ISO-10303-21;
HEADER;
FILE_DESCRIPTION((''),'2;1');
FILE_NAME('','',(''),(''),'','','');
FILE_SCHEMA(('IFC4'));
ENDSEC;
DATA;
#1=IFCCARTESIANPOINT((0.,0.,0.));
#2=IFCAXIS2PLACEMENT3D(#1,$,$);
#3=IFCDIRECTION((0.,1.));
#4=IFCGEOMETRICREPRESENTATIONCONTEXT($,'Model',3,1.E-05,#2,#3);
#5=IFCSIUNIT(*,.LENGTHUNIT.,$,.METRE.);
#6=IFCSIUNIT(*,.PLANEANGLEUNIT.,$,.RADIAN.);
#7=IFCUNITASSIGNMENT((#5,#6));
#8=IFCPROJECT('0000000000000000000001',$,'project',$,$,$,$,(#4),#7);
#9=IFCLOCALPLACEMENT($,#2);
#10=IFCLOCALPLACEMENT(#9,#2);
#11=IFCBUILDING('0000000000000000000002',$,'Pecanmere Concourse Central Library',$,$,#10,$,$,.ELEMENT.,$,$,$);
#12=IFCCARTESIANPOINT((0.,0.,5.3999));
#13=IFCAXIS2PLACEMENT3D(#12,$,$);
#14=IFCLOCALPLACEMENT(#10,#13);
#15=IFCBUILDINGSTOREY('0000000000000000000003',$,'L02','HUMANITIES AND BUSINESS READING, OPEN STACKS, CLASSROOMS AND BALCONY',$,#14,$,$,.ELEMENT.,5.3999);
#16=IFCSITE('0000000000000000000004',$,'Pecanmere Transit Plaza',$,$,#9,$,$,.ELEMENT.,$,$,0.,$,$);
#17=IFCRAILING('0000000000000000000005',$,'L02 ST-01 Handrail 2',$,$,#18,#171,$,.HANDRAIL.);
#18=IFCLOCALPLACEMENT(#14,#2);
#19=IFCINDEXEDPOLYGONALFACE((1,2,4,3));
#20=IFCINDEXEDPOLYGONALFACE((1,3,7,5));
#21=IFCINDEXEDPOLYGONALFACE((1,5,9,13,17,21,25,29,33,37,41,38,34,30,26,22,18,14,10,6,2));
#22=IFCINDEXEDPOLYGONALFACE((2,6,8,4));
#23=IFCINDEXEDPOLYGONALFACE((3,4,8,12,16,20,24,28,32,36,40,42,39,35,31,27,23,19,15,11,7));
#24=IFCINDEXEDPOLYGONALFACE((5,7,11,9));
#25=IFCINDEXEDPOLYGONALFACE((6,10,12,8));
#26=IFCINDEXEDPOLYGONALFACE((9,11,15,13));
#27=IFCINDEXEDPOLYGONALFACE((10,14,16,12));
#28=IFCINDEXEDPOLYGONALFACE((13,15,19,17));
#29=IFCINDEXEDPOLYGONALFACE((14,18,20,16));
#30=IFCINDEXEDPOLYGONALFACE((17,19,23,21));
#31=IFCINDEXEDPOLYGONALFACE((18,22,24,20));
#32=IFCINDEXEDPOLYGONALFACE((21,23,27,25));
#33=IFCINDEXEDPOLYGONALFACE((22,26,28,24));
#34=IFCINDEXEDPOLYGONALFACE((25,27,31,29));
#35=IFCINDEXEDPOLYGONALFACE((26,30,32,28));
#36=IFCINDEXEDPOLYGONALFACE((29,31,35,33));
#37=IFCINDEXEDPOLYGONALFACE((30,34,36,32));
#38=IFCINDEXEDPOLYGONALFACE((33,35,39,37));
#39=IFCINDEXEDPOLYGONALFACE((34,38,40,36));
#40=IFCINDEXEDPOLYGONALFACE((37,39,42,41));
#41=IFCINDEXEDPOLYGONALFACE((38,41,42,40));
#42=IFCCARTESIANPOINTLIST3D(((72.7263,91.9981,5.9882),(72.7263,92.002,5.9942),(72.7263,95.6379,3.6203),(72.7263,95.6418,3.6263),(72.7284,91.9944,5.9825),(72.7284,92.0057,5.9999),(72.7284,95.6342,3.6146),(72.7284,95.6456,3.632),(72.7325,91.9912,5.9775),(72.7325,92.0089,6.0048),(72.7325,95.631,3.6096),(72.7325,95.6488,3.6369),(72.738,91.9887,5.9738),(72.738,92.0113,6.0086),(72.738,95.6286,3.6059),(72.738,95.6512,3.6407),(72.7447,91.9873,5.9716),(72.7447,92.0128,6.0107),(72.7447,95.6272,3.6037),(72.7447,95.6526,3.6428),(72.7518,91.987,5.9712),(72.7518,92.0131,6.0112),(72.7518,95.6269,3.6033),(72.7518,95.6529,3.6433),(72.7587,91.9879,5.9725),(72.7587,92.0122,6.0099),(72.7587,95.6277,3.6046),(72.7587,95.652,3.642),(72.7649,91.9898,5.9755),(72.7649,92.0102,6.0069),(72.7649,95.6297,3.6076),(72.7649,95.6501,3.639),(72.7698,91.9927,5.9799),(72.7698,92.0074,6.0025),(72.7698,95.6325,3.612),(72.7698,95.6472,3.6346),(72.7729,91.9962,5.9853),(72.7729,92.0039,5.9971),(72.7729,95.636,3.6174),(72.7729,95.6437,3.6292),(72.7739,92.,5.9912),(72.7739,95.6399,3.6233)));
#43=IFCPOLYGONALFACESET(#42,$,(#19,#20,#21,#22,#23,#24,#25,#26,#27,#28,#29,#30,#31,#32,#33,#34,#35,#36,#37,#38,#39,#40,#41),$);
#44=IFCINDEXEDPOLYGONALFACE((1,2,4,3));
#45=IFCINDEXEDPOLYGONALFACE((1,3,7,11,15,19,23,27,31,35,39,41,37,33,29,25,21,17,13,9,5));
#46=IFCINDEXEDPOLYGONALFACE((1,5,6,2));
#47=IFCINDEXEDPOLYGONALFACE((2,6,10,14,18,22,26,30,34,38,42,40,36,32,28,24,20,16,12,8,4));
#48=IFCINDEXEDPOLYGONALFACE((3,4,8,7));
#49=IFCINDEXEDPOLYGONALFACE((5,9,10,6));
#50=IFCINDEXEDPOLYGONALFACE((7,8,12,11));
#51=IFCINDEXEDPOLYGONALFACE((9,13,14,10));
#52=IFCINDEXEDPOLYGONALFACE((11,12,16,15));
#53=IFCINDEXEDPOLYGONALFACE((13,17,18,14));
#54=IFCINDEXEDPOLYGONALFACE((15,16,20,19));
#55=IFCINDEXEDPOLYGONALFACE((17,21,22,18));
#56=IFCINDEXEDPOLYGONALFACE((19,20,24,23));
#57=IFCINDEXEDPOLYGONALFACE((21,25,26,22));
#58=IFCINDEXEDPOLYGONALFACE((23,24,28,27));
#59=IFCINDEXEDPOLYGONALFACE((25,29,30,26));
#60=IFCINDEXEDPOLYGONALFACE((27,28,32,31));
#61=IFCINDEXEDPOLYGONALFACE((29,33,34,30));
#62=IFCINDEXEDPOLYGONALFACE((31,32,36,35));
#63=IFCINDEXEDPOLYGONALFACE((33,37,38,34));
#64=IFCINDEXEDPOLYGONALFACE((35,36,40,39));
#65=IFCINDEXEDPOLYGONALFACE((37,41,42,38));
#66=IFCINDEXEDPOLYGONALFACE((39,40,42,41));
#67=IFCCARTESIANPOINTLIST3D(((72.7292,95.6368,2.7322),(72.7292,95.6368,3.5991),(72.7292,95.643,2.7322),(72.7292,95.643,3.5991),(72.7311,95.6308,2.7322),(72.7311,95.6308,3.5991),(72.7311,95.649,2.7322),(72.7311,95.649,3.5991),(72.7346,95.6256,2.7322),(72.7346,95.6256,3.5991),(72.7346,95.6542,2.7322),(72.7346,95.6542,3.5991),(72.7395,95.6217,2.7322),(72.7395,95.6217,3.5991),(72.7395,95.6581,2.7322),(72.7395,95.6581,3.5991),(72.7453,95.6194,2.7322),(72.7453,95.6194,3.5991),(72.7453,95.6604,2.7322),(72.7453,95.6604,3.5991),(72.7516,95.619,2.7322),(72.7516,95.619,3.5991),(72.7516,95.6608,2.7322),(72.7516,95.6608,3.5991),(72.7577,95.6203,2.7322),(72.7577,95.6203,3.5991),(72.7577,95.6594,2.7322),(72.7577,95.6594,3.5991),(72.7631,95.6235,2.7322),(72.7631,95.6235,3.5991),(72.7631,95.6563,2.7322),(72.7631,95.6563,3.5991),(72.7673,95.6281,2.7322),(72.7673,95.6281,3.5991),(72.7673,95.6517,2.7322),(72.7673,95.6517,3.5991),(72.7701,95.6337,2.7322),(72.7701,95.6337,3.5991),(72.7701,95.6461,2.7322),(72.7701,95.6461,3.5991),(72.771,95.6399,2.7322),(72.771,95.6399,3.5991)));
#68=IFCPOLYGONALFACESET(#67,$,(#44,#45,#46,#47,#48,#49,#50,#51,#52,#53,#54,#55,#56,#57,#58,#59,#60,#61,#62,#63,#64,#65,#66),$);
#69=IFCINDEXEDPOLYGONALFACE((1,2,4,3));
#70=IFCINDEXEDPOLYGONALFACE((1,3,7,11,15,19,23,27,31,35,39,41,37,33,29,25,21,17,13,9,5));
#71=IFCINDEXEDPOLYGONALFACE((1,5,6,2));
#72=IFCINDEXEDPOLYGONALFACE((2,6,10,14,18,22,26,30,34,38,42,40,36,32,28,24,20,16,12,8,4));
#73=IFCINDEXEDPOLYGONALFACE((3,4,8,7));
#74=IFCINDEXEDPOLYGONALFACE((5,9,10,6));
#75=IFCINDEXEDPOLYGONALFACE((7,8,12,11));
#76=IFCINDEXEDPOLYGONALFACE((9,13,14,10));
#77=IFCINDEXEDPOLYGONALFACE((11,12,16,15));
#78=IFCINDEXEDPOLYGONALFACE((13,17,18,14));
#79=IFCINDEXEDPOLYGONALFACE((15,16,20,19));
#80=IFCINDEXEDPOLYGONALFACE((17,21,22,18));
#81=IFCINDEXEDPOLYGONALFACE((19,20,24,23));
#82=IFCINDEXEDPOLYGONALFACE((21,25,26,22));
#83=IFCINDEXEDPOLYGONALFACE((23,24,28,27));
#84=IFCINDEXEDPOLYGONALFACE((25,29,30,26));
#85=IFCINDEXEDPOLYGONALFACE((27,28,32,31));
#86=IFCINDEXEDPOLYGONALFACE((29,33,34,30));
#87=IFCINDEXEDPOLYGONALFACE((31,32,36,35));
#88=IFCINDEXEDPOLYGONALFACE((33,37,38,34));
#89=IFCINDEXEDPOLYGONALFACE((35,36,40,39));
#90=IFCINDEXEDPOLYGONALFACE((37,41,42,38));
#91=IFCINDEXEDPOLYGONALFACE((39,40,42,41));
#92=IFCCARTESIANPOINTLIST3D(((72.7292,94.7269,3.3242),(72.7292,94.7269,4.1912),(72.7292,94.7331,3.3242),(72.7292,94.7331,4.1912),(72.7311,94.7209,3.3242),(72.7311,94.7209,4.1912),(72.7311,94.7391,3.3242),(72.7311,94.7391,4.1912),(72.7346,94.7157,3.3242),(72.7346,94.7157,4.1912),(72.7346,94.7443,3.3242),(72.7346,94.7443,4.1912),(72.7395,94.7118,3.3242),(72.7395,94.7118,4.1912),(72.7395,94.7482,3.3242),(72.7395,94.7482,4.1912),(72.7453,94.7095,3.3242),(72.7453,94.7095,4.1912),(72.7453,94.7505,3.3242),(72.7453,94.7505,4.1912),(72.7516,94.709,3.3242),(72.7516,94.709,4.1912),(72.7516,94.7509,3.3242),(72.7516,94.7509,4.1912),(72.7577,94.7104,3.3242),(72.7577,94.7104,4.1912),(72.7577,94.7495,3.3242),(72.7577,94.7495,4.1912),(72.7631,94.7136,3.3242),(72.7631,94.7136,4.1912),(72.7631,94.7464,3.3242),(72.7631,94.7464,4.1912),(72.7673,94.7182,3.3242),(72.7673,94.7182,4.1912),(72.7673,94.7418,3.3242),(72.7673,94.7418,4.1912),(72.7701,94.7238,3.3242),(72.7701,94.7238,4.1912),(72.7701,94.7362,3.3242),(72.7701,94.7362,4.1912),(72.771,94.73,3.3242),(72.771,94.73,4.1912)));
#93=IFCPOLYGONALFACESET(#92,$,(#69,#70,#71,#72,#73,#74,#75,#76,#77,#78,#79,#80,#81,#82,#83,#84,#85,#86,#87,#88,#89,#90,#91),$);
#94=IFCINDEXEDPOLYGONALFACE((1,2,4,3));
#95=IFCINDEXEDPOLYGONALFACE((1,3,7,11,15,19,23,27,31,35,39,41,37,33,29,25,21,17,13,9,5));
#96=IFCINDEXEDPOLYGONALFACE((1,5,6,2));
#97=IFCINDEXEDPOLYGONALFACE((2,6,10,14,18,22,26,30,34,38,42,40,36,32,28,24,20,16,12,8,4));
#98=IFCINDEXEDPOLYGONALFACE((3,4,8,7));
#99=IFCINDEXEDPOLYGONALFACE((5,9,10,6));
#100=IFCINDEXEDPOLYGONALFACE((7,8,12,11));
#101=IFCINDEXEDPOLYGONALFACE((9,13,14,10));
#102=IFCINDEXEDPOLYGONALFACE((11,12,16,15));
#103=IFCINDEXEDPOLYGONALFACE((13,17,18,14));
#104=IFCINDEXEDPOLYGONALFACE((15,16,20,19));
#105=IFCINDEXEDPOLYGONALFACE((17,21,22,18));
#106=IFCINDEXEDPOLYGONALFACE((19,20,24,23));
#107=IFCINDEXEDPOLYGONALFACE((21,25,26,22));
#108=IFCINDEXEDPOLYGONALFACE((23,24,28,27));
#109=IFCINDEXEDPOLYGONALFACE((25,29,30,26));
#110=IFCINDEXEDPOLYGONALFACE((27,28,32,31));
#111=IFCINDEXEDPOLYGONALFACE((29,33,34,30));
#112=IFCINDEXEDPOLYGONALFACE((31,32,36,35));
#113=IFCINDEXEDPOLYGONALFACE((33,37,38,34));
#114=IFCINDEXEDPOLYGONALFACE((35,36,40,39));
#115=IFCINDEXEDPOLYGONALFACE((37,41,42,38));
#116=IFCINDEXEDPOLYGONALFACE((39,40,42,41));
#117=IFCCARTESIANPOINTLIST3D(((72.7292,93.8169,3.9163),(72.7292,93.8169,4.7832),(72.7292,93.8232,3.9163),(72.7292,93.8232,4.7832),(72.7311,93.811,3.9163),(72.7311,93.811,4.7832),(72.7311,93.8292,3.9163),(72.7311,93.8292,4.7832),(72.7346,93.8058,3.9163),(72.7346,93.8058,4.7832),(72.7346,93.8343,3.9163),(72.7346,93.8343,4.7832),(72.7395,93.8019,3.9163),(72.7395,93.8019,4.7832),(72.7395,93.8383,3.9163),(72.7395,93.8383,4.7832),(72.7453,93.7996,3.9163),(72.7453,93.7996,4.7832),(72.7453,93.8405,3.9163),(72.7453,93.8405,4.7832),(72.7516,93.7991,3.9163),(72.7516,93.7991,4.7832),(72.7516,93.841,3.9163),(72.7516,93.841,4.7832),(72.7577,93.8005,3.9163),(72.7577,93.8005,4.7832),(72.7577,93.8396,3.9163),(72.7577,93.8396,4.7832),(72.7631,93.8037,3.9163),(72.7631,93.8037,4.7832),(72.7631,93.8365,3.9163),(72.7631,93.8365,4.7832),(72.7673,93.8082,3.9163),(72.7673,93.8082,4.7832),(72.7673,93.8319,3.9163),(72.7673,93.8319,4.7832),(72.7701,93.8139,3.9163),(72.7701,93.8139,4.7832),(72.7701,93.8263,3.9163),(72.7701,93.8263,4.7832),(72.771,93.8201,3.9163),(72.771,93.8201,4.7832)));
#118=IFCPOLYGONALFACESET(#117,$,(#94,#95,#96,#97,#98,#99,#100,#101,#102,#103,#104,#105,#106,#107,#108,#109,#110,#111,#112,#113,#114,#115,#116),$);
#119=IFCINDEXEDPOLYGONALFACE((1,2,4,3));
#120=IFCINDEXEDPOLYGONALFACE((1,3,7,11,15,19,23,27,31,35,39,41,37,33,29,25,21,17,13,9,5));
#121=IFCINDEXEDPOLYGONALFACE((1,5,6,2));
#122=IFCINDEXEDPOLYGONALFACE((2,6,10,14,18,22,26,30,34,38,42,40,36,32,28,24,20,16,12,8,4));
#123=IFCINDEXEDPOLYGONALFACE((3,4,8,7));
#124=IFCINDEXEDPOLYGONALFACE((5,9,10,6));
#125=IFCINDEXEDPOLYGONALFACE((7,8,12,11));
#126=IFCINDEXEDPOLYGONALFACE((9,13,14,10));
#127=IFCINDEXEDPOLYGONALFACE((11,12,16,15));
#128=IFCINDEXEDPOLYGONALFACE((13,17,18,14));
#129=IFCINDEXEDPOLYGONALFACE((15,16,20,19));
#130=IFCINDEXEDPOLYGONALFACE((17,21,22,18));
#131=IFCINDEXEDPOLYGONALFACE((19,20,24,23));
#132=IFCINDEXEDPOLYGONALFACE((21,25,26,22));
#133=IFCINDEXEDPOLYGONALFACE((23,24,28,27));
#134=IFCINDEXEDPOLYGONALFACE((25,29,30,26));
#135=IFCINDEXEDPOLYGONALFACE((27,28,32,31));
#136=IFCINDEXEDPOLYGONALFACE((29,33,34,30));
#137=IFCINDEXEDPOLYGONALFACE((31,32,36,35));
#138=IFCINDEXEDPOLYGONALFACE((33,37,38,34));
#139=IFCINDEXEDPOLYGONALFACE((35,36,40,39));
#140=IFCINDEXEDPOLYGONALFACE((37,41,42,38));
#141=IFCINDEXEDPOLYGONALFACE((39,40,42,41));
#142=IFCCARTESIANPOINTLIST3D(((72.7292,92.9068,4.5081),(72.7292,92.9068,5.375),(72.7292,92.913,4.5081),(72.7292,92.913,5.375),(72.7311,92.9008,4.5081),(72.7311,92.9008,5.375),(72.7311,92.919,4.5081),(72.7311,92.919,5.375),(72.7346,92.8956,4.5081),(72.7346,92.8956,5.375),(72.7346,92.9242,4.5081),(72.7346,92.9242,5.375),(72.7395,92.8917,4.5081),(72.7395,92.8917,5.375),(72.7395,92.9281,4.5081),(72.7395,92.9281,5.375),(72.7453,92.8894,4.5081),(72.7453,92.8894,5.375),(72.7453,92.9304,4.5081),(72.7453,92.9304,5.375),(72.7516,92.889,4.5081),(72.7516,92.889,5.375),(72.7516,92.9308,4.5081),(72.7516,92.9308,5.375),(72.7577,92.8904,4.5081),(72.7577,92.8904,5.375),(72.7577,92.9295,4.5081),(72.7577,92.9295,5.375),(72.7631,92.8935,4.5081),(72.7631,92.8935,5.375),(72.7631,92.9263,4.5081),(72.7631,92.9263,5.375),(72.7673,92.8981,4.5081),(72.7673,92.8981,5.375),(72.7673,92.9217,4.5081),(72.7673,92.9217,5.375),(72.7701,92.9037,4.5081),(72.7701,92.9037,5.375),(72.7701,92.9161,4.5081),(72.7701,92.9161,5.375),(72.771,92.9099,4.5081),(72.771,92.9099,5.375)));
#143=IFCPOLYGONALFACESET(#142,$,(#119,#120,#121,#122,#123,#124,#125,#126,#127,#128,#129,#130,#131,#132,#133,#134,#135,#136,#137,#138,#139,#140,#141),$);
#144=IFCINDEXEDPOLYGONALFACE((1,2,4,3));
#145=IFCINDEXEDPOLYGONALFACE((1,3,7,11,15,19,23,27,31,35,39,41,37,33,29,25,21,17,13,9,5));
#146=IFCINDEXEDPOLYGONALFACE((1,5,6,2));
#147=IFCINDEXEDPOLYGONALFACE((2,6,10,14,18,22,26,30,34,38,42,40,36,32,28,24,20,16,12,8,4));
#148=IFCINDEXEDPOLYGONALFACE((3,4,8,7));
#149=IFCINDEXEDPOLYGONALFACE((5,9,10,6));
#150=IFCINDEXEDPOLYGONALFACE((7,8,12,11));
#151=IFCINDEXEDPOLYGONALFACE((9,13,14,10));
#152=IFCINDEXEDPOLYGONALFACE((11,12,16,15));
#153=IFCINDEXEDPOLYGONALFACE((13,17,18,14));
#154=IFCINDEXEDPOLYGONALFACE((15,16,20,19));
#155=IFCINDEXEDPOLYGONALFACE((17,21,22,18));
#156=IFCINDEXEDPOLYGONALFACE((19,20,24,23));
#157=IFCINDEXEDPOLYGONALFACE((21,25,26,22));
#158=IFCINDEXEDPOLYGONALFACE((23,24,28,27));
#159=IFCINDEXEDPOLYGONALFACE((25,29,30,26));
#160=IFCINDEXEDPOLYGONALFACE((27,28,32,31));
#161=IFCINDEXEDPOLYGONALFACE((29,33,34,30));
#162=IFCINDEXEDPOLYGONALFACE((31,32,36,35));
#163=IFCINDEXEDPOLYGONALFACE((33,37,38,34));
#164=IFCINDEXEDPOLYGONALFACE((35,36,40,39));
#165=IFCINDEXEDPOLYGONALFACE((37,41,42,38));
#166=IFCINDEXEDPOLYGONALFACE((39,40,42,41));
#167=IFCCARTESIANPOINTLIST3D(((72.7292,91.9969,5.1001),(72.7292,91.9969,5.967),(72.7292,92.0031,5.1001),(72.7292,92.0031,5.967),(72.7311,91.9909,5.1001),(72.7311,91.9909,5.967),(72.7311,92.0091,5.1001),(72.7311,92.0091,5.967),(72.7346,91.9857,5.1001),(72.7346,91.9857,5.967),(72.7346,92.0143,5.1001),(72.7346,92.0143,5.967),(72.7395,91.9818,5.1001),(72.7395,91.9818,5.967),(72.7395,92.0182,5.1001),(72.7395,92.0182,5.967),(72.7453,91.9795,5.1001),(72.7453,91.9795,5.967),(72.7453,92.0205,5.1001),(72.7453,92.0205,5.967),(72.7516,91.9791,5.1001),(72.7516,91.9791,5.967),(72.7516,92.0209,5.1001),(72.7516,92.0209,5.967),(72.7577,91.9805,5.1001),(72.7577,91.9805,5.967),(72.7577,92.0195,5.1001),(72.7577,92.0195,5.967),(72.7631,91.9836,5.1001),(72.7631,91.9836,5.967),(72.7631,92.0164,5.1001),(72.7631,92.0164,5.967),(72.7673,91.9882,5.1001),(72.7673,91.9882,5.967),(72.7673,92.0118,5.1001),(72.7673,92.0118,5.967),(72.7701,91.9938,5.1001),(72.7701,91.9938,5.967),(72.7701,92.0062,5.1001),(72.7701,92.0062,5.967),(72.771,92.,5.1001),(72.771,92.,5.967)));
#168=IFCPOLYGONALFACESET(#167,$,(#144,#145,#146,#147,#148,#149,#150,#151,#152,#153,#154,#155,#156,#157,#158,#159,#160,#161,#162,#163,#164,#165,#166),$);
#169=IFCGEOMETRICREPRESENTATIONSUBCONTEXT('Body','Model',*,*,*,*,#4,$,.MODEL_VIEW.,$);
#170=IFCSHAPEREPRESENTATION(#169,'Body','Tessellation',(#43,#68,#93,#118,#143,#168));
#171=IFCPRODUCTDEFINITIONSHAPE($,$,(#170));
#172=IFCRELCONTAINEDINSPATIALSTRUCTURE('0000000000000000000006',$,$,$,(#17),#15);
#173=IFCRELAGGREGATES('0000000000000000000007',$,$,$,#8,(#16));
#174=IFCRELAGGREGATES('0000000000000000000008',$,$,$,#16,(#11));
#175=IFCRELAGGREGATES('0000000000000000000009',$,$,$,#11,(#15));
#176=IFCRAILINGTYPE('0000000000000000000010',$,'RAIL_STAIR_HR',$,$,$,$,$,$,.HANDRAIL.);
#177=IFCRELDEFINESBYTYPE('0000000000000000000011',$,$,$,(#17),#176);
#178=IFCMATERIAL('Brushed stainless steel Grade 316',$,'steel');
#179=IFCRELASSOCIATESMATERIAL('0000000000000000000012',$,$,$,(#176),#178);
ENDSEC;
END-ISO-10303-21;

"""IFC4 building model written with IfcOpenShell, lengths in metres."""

from ifc_helpers import new_model, si_unit, direction, frame, origin, origin_2d, place, context, subcontext, project, spatial, circle, extrude, material, type_object, element, save


model = new_model("IFC4")

# Units and contexts
model_context = context("Model", 3, precision=1e-05, world=origin(), true_north=direction((0.0, 1.0)))
body_context = subcontext(model_context, "Body", "Model", "MODEL_VIEW")
ifc_project = project(units=[si_unit("LENGTHUNIT", "METRE"), si_unit("PLANEANGLEUNIT", "RADIAN")], contexts=[model_context])

# Site, building, storey
site_placement = place(None, origin())
site = spatial("IfcSite", under=ifc_project, at=site_placement, Name="Pecanmere Transit Plaza", CompositionType="ELEMENT", RefElevation=0.0)
building_placement = place(site_placement, origin())
building = spatial("IfcBuilding", under=site, at=building_placement, Name="Pecanmere Concourse Central Library", CompositionType="ELEMENT")
storey_placement = place(building_placement, frame((0.0, 0.0, 5.3999)))
storey = spatial("IfcBuildingStorey", under=building, at=storey_placement, Name="L02", Description="HUMANITIES AND BUSINESS READING, OPEN STACKS, CLASSROOMS AND BALCONY", CompositionType="ELEMENT", Elevation=5.3999)

# Railing
ifc_material_1 = material(Name="Brushed stainless steel Grade 316", Category="steel")
railing_type_1 = type_object("IfcRailingType", Name="RAIL_STAIR_HR", PredefinedType="HANDRAIL", material=ifc_material_1)
railing_1_placement = place(storey_placement, frame((72.75, 95.6399, 2.7322)))
element("IfcRailing", 1, at=railing_1_placement, inside=storey, type_object=railing_type_1, Name="L02 ST-01 Handrail 2", PredefinedType="HANDRAIL", context=body_context, shape_type="SweptSolid", body=[
    extrude(circle(Radius=0.0239, at=origin_2d()), frame((0.0, 0.0, 0.8911), z_axis=(0.0, -0.838234, 0.54531), x_axis=(1.0, 0.0, 0.0)), (0.0, 0.0, 1.0), 4.3423),
    extrude(circle(Radius=0.021, at=origin_2d()), origin(), (0.0, 0.0, 1.0), 0.8669),
    extrude(circle(Radius=0.021, at=origin_2d()), frame((0.0, -0.9099, 0.592)), (0.0, 0.0, 1.0), 0.8669),
    extrude(circle(Radius=0.021, at=origin_2d()), frame((0.0, -1.8198, 1.1841)), (0.0, 0.0, 1.0), 0.8669),
    extrude(circle(Radius=0.021, at=origin_2d()), frame((0.0, -2.73, 1.7759)), (0.0, 0.0, 1.0), 0.8669),
    extrude(circle(Radius=0.021, at=origin_2d()), frame((0.0, -3.6399, 2.3679)), (0.0, 0.0, 1.0), 0.8669),
])

save(model, "model.ifc")
